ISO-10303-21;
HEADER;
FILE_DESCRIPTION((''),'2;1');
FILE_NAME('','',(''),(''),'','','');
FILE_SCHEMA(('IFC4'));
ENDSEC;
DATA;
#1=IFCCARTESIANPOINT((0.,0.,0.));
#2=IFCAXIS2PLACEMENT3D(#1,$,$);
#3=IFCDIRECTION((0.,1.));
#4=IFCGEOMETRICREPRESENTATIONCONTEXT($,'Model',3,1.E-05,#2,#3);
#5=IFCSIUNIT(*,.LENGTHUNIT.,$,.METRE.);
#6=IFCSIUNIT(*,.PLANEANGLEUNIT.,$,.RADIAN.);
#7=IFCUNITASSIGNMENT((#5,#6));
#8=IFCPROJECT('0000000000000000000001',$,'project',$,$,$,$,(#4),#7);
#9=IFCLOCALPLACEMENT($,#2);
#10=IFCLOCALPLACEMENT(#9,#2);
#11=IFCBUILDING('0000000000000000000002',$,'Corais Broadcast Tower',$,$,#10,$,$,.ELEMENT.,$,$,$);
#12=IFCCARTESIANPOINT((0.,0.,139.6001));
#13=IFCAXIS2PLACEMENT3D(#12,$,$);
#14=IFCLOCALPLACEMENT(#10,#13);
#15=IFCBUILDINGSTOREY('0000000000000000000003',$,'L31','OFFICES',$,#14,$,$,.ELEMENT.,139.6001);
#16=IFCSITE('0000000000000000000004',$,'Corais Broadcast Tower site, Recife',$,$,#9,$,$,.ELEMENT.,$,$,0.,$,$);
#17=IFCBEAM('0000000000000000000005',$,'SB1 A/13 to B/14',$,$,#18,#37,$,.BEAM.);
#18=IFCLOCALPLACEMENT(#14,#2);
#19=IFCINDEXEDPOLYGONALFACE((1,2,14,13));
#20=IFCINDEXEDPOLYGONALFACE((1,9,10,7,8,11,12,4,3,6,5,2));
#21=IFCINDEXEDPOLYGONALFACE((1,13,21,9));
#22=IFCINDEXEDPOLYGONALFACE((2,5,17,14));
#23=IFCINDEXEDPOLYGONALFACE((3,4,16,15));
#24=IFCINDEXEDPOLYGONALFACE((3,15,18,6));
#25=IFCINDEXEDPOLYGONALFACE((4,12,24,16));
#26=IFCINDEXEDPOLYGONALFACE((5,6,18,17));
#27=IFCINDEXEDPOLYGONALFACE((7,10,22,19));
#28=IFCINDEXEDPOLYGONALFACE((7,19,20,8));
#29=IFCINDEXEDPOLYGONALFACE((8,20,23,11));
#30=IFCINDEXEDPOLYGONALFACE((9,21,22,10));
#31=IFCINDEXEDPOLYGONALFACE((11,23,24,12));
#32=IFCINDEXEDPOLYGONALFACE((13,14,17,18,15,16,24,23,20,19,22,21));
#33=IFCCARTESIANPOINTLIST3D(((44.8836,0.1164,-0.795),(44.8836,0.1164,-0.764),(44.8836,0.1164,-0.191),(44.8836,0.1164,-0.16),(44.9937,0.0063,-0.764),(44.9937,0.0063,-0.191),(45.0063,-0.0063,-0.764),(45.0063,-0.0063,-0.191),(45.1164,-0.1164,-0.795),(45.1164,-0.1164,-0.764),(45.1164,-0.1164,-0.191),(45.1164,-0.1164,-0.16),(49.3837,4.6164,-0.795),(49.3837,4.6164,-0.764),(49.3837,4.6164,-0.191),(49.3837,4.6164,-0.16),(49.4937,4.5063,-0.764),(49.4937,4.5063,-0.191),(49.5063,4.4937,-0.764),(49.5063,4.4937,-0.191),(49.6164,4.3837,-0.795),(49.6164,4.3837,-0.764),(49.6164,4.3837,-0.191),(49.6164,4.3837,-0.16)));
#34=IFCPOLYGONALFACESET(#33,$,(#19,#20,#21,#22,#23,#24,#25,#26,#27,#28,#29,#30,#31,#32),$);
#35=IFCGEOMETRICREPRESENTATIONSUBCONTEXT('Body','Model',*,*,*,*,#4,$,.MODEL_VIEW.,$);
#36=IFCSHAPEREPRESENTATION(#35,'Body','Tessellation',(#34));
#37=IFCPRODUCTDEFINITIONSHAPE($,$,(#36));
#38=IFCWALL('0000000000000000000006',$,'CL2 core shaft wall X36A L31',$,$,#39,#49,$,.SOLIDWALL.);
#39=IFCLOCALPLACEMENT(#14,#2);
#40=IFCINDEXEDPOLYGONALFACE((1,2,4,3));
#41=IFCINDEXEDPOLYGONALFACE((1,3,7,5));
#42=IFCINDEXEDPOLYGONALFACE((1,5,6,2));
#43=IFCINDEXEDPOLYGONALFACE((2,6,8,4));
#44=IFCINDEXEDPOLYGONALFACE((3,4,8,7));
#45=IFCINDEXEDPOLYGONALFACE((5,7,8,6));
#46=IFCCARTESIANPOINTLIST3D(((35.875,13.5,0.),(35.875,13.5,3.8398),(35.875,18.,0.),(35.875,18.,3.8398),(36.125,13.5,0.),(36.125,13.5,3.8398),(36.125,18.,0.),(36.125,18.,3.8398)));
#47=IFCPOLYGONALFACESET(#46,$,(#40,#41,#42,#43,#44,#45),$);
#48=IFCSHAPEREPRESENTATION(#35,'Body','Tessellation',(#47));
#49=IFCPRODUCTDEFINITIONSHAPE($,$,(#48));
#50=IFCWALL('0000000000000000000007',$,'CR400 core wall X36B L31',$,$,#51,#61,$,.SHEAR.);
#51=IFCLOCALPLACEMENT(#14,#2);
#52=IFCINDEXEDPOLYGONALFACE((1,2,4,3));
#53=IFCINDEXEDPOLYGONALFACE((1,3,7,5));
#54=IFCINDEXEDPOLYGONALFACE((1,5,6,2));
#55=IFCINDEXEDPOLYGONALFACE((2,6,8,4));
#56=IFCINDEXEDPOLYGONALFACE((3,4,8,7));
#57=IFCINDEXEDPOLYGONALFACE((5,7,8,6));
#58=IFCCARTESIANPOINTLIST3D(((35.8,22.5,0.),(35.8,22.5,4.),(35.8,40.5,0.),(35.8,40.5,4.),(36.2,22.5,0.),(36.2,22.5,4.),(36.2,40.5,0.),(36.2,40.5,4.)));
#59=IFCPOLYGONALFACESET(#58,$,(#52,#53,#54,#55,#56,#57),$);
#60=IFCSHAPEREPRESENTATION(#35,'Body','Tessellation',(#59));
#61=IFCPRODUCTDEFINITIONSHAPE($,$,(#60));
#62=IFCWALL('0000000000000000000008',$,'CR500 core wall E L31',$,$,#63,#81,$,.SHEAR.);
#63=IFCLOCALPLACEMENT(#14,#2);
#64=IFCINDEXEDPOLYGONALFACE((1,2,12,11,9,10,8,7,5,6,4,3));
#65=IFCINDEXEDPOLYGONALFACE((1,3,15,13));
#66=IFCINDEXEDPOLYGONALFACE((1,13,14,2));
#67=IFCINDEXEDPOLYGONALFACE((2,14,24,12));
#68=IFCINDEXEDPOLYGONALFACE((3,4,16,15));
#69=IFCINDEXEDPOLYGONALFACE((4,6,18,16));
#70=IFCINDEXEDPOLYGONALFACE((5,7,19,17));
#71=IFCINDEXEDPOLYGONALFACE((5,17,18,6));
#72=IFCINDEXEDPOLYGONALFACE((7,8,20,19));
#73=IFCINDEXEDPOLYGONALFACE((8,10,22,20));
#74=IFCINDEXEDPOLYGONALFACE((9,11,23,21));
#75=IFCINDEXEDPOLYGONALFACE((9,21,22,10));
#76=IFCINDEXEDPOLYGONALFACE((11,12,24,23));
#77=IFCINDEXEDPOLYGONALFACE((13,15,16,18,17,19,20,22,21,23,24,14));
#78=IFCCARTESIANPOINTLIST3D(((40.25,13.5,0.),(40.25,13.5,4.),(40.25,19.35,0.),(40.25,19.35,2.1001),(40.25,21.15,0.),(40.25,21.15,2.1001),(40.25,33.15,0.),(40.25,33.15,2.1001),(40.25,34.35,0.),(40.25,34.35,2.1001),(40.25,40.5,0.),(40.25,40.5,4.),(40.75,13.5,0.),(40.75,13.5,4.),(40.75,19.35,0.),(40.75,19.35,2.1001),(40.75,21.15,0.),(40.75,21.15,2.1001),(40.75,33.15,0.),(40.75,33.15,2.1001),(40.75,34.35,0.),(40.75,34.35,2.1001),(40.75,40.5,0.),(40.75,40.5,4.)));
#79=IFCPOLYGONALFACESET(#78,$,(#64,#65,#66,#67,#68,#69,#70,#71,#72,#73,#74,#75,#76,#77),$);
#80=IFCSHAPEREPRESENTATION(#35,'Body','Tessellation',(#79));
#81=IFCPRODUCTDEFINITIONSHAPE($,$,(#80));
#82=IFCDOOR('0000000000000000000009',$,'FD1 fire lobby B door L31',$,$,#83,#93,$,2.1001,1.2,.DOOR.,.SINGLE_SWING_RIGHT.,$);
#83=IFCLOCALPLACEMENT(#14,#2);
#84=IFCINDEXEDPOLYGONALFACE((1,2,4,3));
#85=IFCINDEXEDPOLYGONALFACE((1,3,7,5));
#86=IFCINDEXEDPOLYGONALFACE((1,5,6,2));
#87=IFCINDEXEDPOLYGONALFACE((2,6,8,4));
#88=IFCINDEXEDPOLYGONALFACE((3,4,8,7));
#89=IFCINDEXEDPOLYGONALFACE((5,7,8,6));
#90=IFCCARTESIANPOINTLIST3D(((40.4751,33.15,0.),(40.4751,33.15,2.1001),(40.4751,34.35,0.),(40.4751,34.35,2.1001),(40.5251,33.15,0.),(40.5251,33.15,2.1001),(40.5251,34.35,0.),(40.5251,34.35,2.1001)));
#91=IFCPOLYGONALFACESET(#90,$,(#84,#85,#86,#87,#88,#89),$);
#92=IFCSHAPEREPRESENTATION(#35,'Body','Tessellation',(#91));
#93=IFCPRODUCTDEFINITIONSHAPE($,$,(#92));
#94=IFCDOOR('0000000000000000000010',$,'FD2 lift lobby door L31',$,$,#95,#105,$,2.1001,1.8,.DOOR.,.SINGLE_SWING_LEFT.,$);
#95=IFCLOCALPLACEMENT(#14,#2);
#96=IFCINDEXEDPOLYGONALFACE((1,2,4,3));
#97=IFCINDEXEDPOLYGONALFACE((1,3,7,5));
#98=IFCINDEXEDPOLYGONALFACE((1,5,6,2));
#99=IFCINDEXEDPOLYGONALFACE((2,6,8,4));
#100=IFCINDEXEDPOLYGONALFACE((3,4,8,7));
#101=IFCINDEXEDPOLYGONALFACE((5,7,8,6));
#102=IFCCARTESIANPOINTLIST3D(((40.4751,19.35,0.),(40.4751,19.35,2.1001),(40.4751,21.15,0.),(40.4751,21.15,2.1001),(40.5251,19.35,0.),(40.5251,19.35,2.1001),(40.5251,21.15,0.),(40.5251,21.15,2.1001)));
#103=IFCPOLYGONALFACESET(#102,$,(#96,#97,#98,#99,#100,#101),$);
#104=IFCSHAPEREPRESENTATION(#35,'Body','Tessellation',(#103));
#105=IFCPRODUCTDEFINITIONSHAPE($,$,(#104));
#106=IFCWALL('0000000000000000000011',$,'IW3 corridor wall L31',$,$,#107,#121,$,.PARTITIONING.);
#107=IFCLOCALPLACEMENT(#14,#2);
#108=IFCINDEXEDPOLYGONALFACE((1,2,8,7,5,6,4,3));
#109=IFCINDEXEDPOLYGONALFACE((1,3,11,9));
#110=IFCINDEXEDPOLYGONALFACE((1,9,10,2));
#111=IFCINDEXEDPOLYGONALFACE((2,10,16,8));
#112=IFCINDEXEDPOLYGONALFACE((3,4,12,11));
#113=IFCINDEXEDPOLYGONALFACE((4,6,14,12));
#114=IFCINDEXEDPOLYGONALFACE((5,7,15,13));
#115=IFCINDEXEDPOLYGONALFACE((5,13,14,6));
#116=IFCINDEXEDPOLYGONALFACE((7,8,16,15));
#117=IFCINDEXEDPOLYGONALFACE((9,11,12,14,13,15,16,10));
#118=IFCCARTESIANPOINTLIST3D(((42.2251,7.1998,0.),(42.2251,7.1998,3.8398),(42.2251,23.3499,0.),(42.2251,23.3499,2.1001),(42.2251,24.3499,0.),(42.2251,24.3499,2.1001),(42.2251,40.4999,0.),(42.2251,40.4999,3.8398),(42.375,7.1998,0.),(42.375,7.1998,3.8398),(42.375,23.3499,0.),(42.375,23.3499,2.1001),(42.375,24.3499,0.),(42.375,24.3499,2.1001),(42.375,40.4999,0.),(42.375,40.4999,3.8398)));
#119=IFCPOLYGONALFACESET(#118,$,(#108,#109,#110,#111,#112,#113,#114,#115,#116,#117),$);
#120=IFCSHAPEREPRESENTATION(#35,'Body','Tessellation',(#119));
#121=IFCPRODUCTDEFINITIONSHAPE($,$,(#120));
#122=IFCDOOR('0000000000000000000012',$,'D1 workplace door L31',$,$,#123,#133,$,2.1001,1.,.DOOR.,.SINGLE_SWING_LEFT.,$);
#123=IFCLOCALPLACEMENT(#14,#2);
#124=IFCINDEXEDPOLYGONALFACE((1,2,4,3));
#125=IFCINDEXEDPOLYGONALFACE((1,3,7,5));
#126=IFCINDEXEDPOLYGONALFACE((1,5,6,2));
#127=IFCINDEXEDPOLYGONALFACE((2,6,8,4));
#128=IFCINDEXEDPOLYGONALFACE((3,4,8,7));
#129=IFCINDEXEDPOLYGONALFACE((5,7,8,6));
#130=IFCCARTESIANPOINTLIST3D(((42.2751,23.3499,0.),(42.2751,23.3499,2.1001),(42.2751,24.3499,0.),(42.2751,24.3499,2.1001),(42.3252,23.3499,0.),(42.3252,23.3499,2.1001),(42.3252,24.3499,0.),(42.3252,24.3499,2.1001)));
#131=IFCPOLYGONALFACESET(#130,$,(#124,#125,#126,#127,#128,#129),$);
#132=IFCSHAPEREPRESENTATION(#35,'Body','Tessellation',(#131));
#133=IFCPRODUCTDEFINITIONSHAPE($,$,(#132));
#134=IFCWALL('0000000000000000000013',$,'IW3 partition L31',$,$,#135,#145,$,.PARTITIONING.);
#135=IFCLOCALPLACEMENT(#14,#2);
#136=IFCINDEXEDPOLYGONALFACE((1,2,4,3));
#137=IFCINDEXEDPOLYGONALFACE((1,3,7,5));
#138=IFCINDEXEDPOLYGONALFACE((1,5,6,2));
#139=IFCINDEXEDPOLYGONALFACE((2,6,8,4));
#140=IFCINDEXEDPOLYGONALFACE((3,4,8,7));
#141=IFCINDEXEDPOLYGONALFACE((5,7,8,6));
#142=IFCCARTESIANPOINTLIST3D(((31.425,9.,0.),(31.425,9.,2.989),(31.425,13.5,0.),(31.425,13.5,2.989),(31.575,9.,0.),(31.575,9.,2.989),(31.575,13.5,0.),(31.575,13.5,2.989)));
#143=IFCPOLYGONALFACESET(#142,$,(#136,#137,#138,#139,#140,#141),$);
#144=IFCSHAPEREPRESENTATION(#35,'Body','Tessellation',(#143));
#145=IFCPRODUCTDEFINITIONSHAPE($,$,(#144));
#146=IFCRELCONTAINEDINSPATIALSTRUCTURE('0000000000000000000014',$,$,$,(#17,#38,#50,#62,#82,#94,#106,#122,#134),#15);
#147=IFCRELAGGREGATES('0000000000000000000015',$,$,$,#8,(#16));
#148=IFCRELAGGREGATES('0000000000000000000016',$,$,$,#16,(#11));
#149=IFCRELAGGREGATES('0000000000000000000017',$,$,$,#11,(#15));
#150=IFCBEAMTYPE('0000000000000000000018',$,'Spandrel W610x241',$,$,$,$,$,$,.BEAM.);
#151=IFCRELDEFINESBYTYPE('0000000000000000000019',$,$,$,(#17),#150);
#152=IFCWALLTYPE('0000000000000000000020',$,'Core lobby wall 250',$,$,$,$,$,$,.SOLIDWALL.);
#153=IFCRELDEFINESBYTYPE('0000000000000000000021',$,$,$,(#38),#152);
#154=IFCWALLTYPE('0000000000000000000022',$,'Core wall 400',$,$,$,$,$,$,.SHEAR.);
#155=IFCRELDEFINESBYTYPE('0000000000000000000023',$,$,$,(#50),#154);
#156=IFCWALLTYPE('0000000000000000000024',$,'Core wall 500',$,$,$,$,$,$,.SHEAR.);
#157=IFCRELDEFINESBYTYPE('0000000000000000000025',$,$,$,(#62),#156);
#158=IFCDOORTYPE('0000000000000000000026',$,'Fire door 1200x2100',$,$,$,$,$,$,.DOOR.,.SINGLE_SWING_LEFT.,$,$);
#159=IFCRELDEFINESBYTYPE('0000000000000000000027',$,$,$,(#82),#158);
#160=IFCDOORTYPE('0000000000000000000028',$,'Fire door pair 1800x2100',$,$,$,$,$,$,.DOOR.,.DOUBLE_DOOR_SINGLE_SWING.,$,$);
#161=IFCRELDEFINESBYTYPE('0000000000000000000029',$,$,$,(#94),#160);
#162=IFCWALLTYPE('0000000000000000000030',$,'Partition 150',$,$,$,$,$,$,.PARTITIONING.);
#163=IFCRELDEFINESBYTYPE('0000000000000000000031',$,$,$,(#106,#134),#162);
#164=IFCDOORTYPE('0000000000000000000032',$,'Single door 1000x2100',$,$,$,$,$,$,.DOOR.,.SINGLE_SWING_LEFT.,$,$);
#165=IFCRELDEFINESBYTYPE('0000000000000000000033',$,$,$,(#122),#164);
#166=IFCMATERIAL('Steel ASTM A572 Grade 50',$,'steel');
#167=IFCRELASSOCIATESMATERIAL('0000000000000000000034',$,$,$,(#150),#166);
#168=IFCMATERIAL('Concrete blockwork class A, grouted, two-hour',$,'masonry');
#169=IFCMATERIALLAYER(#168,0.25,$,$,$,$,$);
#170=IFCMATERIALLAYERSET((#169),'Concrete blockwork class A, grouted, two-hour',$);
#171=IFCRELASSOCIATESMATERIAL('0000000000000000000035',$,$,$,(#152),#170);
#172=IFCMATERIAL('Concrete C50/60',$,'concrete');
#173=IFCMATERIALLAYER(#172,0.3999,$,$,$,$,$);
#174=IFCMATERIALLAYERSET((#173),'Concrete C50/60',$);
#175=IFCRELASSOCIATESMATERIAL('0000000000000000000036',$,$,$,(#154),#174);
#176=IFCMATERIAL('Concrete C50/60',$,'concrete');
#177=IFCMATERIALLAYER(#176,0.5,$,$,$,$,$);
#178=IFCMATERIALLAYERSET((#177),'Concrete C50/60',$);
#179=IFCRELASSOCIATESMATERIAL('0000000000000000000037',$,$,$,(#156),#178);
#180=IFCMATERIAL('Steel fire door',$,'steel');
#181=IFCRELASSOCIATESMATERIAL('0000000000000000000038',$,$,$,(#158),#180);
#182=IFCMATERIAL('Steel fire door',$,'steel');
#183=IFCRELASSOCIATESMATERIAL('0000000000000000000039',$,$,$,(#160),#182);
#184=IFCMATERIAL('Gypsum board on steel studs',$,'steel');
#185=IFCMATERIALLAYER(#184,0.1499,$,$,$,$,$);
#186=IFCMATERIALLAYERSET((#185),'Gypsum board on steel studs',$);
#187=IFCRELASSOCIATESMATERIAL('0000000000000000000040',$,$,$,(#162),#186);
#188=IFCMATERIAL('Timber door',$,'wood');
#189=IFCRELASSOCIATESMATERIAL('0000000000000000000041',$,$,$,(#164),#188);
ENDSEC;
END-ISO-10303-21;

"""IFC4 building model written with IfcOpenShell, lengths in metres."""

from ifc_helpers import new_model, si_unit, direction, frame, frame_2d, origin, origin_2d, place, context, subcontext, project, spatial, rectangle, i_section, extrude, material, layer, layer_set, material_profile, profile_set, type_object, element, fill, save


model = new_model("IFC4")

# Units and contexts
model_context = context("Model", 3, precision=1e-05, world=origin(), true_north=direction((0.0, 1.0)))
body_context = subcontext(model_context, "Body", "Model", "MODEL_VIEW")
ifc_project = project(units=[si_unit("LENGTHUNIT", "METRE"), si_unit("PLANEANGLEUNIT", "RADIAN")], contexts=[model_context])

# Site, building, storey
site_placement = place(None, origin())
site = spatial("IfcSite", under=ifc_project, at=site_placement, Name="Corais Broadcast Tower site, Recife", CompositionType="ELEMENT", RefElevation=0.0)
building_placement = place(site_placement, origin())
building = spatial("IfcBuilding", under=site, at=building_placement, Name="Corais Broadcast Tower", CompositionType="ELEMENT")
storey_placement = place(building_placement, frame((0.0, 0.0, 139.6001)))
storey = spatial("IfcBuildingStorey", under=building, at=storey_placement, Name="L31", Description="OFFICES", CompositionType="ELEMENT", Elevation=139.6001)

# Beam
ifc_material_1 = material(Name="Steel ASTM A572 Grade 50", Category="steel")
ifc_material_profile_1 = material_profile(ifc_material_1, i_section(OverallWidth=0.3291, OverallDepth=0.635, WebThickness=0.0178, FlangeThickness=0.031, at=origin_2d()), Name="W610x241")
ifc_profile_set_1 = profile_set([ifc_material_profile_1], Name="Steel ASTM A572 Grade 50")
beam_type_1 = type_object("IfcBeamType", Name="Spandrel W610x241", PredefinedType="BEAM", material=ifc_profile_set_1)
beam_1_placement = place(storey_placement, frame((45.0, 0.0, -0.4775), z_axis=(0.707107, 0.707107, 0.0), x_axis=(-0.707107, 0.707107, 0.0)))
element("IfcBeam", 1, at=beam_1_placement, inside=storey, type_object=beam_type_1, Name="SB1 A/13 to B/14", PredefinedType="BEAM", context=body_context, shape_type="SweptSolid", body=[
    extrude(i_section(OverallWidth=0.3291, OverallDepth=0.635, WebThickness=0.0178, FlangeThickness=0.031, at=origin_2d()), origin(), (0.0, 0.0, 1.0), 6.364),
])

# Walls
ifc_material_2 = material(Name="Concrete blockwork class A, grouted, two-hour", Category="masonry")
ifc_layer_1 = layer(ifc_material_2, 0.25)
ifc_layer_set_1 = layer_set([ifc_layer_1], Name="Concrete blockwork class A, grouted, two-hour")
wall_type_1 = type_object("IfcWallType", Name="Core lobby wall 250", PredefinedType="SOLIDWALL", material=ifc_layer_set_1)
wall_1_placement = place(storey_placement, frame((36.0, 13.5, 0.0), z_axis=(0.0, 0.0, 1.0), x_axis=(0.0, 1.0, 0.0)))
element("IfcWall", 2, at=wall_1_placement, inside=storey, type_object=wall_type_1, Name="CL2 core shaft wall X36A L31", PredefinedType="SOLIDWALL", context=body_context, shape_type="SweptSolid", body=[
    extrude(rectangle(XDim=4.5, YDim=0.25, at=frame_2d((2.25, 0.0))), origin(), (0.0, 0.0, 1.0), 3.8398),
])
ifc_material_3 = material(Name="Concrete C50/60", Category="concrete")
ifc_layer_2 = layer(ifc_material_3, 0.3999)
ifc_layer_set_2 = layer_set([ifc_layer_2], Name="Concrete C50/60")
wall_type_2 = type_object("IfcWallType", Name="Core wall 400", PredefinedType="SHEAR", material=ifc_layer_set_2)
wall_2_placement = place(storey_placement, frame((36.0, 22.5, 0.0), z_axis=(0.0, 0.0, 1.0), x_axis=(0.0, 1.0, 0.0)))
element("IfcWall", 3, at=wall_2_placement, inside=storey, type_object=wall_type_2, Name="CR400 core wall X36B L31", PredefinedType="SHEAR", context=body_context, shape_type="SweptSolid", body=[
    extrude(rectangle(XDim=18.0, YDim=0.3999, at=frame_2d((9.0, 0.0))), origin(), (0.0, 0.0, 1.0), 4.0),
])

# Wall, openings, doors
ifc_material_4 = material(Name="Concrete C50/60", Category="concrete")
ifc_layer_3 = layer(ifc_material_4, 0.5)
ifc_layer_set_3 = layer_set([ifc_layer_3], Name="Concrete C50/60")
wall_type_3 = type_object("IfcWallType", Name="Core wall 500", PredefinedType="SHEAR", material=ifc_layer_set_3)
wall_3_placement = place(storey_placement, frame((40.5, 13.5, 0.0), z_axis=(0.0, 0.0, 1.0), x_axis=(0.0, 1.0, 0.0)))
wall_3 = element("IfcWall", 4, at=wall_3_placement, inside=storey, type_object=wall_type_3, Name="CR500 core wall E L31", PredefinedType="SHEAR", context=body_context, shape_type="SweptSolid", body=[
    extrude(rectangle(XDim=27.0, YDim=0.5, at=frame_2d((13.5, 0.0))), origin(), (0.0, 0.0, 1.0), 4.0),
])
opening_1_placement = place(wall_3_placement, frame((5.8501, 0.0, 0.0)))
opening_1 = element("IfcOpeningElement", 5, at=opening_1_placement, cuts=wall_3, PredefinedType="OPENING", context=body_context, shape_type="SweptSolid", body=[
    extrude(rectangle(XDim=1.8, YDim=2.1001, at=frame_2d((0.8999, 1.05))), frame((0.0, 0.26, 0.0), z_axis=(0.0, -1.0, 0.0), x_axis=(1.0, 0.0, 0.0)), (0.0, 0.0, 1.0), 0.52),
])
opening_2_placement = place(wall_3_placement, frame((19.6499, 0.0, 0.0)))
opening_2 = element("IfcOpeningElement", 6, at=opening_2_placement, cuts=wall_3, PredefinedType="OPENING", context=body_context, shape_type="SweptSolid", body=[
    extrude(rectangle(XDim=1.2, YDim=2.1001, at=frame_2d((0.6001, 1.05))), frame((0.0, 0.26, 0.0), z_axis=(0.0, -1.0, 0.0), x_axis=(1.0, 0.0, 0.0)), (0.0, 0.0, 1.0), 0.52),
])
ifc_material_5 = material(Name="Steel fire door", Category="steel")
door_type_1 = type_object("IfcDoorType", Name="Fire door 1200x2100", OperationType="SINGLE_SWING_LEFT", PredefinedType="DOOR", material=ifc_material_5)
door_1_placement = place(opening_2_placement, origin())
door_1 = element("IfcDoor", 7, at=door_1_placement, inside=storey, type_object=door_type_1, Name="FD1 fire lobby B door L31", OperationType="SINGLE_SWING_RIGHT", OverallHeight=2.1001, OverallWidth=1.2, PredefinedType="DOOR", context=body_context, shape_type="SweptSolid", body=[
    extrude(rectangle(XDim=1.2, YDim=2.1001, at=frame_2d((0.6001, 1.05))), frame((0.0, 0.0249, 0.0), z_axis=(0.0, -1.0, 0.0), x_axis=(1.0, 0.0, 0.0)), (0.0, 0.0, 1.0), 0.05),
])
fill(opening_2, door_1)
ifc_material_6 = material(Name="Steel fire door", Category="steel")
door_type_2 = type_object("IfcDoorType", Name="Fire door pair 1800x2100", OperationType="DOUBLE_DOOR_SINGLE_SWING", PredefinedType="DOOR", material=ifc_material_6)
door_2_placement = place(opening_1_placement, origin())
door_2 = element("IfcDoor", 8, at=door_2_placement, inside=storey, type_object=door_type_2, Name="FD2 lift lobby door L31", OperationType="SINGLE_SWING_LEFT", OverallHeight=2.1001, OverallWidth=1.8, PredefinedType="DOOR", context=body_context, shape_type="SweptSolid", body=[
    extrude(rectangle(XDim=1.8, YDim=2.1001, at=frame_2d((0.8999, 1.05))), frame((0.0, 0.0249, 0.0), z_axis=(0.0, -1.0, 0.0), x_axis=(1.0, 0.0, 0.0)), (0.0, 0.0, 1.0), 0.05),
])
fill(opening_1, door_2)

# Wall, opening, door
ifc_material_7 = material(Name="Gypsum board on steel studs", Category="steel")
ifc_layer_4 = layer(ifc_material_7, 0.1499)
ifc_layer_set_4 = layer_set([ifc_layer_4], Name="Gypsum board on steel studs")
wall_type_4 = type_object("IfcWallType", Name="Partition 150", PredefinedType="PARTITIONING", material=ifc_layer_set_4)
wall_4_placement = place(storey_placement, frame((42.3, 7.2, 0.0), z_axis=(0.0, 0.0, 1.0), x_axis=(0.0, 1.0, 0.0)))
wall_4 = element("IfcWall", 9, at=wall_4_placement, inside=storey, type_object=wall_type_4, Name="IW3 corridor wall L31", PredefinedType="PARTITIONING", context=body_context, shape_type="SweptSolid", body=[
    extrude(rectangle(XDim=33.3, YDim=0.1499, at=frame_2d((16.6499, 0.0))), origin(), (0.0, 0.0, 1.0), 3.8398),
])
opening_3_placement = place(wall_4_placement, frame((16.1499, 0.0, 0.0)))
opening_3 = element("IfcOpeningElement", 10, at=opening_3_placement, cuts=wall_4, PredefinedType="OPENING", context=body_context, shape_type="SweptSolid", body=[
    extrude(rectangle(XDim=1.0, YDim=2.1001, at=frame_2d((0.5, 1.05))), frame((0.0, 0.085, 0.0), z_axis=(0.0, -1.0, 0.0), x_axis=(1.0, 0.0, 0.0)), (0.0, 0.0, 1.0), 0.1699),
])
ifc_material_8 = material(Name="Timber door", Category="wood")
door_type_3 = type_object("IfcDoorType", Name="Single door 1000x2100", OperationType="SINGLE_SWING_LEFT", PredefinedType="DOOR", material=ifc_material_8)
door_3_placement = place(opening_3_placement, origin())
door_3 = element("IfcDoor", 11, at=door_3_placement, inside=storey, type_object=door_type_3, Name="D1 workplace door L31", OperationType="SINGLE_SWING_LEFT", OverallHeight=2.1001, OverallWidth=1.0, PredefinedType="DOOR", context=body_context, shape_type="SweptSolid", body=[
    extrude(rectangle(XDim=1.0, YDim=2.1001, at=frame_2d((0.5, 1.05))), frame((0.0, 0.0249, 0.0), z_axis=(0.0, -1.0, 0.0), x_axis=(1.0, 0.0, 0.0)), (0.0, 0.0, 1.0), 0.05),
])
fill(opening_3, door_3)

# Wall
wall_5_placement = place(storey_placement, frame((31.5, 9.0, 0.0), z_axis=(0.0, 0.0, 1.0), x_axis=(0.0, 1.0, 0.0)))
element("IfcWall", 12, at=wall_5_placement, inside=storey, type_object=wall_type_4, Name="IW3 partition L31", PredefinedType="PARTITIONING", context=body_context, shape_type="SweptSolid", body=[
    extrude(rectangle(XDim=4.5, YDim=0.1499, at=frame_2d((2.25, 0.0))), origin(), (0.0, 0.0, 1.0), 2.989),
])

save(model, "model.ifc")
